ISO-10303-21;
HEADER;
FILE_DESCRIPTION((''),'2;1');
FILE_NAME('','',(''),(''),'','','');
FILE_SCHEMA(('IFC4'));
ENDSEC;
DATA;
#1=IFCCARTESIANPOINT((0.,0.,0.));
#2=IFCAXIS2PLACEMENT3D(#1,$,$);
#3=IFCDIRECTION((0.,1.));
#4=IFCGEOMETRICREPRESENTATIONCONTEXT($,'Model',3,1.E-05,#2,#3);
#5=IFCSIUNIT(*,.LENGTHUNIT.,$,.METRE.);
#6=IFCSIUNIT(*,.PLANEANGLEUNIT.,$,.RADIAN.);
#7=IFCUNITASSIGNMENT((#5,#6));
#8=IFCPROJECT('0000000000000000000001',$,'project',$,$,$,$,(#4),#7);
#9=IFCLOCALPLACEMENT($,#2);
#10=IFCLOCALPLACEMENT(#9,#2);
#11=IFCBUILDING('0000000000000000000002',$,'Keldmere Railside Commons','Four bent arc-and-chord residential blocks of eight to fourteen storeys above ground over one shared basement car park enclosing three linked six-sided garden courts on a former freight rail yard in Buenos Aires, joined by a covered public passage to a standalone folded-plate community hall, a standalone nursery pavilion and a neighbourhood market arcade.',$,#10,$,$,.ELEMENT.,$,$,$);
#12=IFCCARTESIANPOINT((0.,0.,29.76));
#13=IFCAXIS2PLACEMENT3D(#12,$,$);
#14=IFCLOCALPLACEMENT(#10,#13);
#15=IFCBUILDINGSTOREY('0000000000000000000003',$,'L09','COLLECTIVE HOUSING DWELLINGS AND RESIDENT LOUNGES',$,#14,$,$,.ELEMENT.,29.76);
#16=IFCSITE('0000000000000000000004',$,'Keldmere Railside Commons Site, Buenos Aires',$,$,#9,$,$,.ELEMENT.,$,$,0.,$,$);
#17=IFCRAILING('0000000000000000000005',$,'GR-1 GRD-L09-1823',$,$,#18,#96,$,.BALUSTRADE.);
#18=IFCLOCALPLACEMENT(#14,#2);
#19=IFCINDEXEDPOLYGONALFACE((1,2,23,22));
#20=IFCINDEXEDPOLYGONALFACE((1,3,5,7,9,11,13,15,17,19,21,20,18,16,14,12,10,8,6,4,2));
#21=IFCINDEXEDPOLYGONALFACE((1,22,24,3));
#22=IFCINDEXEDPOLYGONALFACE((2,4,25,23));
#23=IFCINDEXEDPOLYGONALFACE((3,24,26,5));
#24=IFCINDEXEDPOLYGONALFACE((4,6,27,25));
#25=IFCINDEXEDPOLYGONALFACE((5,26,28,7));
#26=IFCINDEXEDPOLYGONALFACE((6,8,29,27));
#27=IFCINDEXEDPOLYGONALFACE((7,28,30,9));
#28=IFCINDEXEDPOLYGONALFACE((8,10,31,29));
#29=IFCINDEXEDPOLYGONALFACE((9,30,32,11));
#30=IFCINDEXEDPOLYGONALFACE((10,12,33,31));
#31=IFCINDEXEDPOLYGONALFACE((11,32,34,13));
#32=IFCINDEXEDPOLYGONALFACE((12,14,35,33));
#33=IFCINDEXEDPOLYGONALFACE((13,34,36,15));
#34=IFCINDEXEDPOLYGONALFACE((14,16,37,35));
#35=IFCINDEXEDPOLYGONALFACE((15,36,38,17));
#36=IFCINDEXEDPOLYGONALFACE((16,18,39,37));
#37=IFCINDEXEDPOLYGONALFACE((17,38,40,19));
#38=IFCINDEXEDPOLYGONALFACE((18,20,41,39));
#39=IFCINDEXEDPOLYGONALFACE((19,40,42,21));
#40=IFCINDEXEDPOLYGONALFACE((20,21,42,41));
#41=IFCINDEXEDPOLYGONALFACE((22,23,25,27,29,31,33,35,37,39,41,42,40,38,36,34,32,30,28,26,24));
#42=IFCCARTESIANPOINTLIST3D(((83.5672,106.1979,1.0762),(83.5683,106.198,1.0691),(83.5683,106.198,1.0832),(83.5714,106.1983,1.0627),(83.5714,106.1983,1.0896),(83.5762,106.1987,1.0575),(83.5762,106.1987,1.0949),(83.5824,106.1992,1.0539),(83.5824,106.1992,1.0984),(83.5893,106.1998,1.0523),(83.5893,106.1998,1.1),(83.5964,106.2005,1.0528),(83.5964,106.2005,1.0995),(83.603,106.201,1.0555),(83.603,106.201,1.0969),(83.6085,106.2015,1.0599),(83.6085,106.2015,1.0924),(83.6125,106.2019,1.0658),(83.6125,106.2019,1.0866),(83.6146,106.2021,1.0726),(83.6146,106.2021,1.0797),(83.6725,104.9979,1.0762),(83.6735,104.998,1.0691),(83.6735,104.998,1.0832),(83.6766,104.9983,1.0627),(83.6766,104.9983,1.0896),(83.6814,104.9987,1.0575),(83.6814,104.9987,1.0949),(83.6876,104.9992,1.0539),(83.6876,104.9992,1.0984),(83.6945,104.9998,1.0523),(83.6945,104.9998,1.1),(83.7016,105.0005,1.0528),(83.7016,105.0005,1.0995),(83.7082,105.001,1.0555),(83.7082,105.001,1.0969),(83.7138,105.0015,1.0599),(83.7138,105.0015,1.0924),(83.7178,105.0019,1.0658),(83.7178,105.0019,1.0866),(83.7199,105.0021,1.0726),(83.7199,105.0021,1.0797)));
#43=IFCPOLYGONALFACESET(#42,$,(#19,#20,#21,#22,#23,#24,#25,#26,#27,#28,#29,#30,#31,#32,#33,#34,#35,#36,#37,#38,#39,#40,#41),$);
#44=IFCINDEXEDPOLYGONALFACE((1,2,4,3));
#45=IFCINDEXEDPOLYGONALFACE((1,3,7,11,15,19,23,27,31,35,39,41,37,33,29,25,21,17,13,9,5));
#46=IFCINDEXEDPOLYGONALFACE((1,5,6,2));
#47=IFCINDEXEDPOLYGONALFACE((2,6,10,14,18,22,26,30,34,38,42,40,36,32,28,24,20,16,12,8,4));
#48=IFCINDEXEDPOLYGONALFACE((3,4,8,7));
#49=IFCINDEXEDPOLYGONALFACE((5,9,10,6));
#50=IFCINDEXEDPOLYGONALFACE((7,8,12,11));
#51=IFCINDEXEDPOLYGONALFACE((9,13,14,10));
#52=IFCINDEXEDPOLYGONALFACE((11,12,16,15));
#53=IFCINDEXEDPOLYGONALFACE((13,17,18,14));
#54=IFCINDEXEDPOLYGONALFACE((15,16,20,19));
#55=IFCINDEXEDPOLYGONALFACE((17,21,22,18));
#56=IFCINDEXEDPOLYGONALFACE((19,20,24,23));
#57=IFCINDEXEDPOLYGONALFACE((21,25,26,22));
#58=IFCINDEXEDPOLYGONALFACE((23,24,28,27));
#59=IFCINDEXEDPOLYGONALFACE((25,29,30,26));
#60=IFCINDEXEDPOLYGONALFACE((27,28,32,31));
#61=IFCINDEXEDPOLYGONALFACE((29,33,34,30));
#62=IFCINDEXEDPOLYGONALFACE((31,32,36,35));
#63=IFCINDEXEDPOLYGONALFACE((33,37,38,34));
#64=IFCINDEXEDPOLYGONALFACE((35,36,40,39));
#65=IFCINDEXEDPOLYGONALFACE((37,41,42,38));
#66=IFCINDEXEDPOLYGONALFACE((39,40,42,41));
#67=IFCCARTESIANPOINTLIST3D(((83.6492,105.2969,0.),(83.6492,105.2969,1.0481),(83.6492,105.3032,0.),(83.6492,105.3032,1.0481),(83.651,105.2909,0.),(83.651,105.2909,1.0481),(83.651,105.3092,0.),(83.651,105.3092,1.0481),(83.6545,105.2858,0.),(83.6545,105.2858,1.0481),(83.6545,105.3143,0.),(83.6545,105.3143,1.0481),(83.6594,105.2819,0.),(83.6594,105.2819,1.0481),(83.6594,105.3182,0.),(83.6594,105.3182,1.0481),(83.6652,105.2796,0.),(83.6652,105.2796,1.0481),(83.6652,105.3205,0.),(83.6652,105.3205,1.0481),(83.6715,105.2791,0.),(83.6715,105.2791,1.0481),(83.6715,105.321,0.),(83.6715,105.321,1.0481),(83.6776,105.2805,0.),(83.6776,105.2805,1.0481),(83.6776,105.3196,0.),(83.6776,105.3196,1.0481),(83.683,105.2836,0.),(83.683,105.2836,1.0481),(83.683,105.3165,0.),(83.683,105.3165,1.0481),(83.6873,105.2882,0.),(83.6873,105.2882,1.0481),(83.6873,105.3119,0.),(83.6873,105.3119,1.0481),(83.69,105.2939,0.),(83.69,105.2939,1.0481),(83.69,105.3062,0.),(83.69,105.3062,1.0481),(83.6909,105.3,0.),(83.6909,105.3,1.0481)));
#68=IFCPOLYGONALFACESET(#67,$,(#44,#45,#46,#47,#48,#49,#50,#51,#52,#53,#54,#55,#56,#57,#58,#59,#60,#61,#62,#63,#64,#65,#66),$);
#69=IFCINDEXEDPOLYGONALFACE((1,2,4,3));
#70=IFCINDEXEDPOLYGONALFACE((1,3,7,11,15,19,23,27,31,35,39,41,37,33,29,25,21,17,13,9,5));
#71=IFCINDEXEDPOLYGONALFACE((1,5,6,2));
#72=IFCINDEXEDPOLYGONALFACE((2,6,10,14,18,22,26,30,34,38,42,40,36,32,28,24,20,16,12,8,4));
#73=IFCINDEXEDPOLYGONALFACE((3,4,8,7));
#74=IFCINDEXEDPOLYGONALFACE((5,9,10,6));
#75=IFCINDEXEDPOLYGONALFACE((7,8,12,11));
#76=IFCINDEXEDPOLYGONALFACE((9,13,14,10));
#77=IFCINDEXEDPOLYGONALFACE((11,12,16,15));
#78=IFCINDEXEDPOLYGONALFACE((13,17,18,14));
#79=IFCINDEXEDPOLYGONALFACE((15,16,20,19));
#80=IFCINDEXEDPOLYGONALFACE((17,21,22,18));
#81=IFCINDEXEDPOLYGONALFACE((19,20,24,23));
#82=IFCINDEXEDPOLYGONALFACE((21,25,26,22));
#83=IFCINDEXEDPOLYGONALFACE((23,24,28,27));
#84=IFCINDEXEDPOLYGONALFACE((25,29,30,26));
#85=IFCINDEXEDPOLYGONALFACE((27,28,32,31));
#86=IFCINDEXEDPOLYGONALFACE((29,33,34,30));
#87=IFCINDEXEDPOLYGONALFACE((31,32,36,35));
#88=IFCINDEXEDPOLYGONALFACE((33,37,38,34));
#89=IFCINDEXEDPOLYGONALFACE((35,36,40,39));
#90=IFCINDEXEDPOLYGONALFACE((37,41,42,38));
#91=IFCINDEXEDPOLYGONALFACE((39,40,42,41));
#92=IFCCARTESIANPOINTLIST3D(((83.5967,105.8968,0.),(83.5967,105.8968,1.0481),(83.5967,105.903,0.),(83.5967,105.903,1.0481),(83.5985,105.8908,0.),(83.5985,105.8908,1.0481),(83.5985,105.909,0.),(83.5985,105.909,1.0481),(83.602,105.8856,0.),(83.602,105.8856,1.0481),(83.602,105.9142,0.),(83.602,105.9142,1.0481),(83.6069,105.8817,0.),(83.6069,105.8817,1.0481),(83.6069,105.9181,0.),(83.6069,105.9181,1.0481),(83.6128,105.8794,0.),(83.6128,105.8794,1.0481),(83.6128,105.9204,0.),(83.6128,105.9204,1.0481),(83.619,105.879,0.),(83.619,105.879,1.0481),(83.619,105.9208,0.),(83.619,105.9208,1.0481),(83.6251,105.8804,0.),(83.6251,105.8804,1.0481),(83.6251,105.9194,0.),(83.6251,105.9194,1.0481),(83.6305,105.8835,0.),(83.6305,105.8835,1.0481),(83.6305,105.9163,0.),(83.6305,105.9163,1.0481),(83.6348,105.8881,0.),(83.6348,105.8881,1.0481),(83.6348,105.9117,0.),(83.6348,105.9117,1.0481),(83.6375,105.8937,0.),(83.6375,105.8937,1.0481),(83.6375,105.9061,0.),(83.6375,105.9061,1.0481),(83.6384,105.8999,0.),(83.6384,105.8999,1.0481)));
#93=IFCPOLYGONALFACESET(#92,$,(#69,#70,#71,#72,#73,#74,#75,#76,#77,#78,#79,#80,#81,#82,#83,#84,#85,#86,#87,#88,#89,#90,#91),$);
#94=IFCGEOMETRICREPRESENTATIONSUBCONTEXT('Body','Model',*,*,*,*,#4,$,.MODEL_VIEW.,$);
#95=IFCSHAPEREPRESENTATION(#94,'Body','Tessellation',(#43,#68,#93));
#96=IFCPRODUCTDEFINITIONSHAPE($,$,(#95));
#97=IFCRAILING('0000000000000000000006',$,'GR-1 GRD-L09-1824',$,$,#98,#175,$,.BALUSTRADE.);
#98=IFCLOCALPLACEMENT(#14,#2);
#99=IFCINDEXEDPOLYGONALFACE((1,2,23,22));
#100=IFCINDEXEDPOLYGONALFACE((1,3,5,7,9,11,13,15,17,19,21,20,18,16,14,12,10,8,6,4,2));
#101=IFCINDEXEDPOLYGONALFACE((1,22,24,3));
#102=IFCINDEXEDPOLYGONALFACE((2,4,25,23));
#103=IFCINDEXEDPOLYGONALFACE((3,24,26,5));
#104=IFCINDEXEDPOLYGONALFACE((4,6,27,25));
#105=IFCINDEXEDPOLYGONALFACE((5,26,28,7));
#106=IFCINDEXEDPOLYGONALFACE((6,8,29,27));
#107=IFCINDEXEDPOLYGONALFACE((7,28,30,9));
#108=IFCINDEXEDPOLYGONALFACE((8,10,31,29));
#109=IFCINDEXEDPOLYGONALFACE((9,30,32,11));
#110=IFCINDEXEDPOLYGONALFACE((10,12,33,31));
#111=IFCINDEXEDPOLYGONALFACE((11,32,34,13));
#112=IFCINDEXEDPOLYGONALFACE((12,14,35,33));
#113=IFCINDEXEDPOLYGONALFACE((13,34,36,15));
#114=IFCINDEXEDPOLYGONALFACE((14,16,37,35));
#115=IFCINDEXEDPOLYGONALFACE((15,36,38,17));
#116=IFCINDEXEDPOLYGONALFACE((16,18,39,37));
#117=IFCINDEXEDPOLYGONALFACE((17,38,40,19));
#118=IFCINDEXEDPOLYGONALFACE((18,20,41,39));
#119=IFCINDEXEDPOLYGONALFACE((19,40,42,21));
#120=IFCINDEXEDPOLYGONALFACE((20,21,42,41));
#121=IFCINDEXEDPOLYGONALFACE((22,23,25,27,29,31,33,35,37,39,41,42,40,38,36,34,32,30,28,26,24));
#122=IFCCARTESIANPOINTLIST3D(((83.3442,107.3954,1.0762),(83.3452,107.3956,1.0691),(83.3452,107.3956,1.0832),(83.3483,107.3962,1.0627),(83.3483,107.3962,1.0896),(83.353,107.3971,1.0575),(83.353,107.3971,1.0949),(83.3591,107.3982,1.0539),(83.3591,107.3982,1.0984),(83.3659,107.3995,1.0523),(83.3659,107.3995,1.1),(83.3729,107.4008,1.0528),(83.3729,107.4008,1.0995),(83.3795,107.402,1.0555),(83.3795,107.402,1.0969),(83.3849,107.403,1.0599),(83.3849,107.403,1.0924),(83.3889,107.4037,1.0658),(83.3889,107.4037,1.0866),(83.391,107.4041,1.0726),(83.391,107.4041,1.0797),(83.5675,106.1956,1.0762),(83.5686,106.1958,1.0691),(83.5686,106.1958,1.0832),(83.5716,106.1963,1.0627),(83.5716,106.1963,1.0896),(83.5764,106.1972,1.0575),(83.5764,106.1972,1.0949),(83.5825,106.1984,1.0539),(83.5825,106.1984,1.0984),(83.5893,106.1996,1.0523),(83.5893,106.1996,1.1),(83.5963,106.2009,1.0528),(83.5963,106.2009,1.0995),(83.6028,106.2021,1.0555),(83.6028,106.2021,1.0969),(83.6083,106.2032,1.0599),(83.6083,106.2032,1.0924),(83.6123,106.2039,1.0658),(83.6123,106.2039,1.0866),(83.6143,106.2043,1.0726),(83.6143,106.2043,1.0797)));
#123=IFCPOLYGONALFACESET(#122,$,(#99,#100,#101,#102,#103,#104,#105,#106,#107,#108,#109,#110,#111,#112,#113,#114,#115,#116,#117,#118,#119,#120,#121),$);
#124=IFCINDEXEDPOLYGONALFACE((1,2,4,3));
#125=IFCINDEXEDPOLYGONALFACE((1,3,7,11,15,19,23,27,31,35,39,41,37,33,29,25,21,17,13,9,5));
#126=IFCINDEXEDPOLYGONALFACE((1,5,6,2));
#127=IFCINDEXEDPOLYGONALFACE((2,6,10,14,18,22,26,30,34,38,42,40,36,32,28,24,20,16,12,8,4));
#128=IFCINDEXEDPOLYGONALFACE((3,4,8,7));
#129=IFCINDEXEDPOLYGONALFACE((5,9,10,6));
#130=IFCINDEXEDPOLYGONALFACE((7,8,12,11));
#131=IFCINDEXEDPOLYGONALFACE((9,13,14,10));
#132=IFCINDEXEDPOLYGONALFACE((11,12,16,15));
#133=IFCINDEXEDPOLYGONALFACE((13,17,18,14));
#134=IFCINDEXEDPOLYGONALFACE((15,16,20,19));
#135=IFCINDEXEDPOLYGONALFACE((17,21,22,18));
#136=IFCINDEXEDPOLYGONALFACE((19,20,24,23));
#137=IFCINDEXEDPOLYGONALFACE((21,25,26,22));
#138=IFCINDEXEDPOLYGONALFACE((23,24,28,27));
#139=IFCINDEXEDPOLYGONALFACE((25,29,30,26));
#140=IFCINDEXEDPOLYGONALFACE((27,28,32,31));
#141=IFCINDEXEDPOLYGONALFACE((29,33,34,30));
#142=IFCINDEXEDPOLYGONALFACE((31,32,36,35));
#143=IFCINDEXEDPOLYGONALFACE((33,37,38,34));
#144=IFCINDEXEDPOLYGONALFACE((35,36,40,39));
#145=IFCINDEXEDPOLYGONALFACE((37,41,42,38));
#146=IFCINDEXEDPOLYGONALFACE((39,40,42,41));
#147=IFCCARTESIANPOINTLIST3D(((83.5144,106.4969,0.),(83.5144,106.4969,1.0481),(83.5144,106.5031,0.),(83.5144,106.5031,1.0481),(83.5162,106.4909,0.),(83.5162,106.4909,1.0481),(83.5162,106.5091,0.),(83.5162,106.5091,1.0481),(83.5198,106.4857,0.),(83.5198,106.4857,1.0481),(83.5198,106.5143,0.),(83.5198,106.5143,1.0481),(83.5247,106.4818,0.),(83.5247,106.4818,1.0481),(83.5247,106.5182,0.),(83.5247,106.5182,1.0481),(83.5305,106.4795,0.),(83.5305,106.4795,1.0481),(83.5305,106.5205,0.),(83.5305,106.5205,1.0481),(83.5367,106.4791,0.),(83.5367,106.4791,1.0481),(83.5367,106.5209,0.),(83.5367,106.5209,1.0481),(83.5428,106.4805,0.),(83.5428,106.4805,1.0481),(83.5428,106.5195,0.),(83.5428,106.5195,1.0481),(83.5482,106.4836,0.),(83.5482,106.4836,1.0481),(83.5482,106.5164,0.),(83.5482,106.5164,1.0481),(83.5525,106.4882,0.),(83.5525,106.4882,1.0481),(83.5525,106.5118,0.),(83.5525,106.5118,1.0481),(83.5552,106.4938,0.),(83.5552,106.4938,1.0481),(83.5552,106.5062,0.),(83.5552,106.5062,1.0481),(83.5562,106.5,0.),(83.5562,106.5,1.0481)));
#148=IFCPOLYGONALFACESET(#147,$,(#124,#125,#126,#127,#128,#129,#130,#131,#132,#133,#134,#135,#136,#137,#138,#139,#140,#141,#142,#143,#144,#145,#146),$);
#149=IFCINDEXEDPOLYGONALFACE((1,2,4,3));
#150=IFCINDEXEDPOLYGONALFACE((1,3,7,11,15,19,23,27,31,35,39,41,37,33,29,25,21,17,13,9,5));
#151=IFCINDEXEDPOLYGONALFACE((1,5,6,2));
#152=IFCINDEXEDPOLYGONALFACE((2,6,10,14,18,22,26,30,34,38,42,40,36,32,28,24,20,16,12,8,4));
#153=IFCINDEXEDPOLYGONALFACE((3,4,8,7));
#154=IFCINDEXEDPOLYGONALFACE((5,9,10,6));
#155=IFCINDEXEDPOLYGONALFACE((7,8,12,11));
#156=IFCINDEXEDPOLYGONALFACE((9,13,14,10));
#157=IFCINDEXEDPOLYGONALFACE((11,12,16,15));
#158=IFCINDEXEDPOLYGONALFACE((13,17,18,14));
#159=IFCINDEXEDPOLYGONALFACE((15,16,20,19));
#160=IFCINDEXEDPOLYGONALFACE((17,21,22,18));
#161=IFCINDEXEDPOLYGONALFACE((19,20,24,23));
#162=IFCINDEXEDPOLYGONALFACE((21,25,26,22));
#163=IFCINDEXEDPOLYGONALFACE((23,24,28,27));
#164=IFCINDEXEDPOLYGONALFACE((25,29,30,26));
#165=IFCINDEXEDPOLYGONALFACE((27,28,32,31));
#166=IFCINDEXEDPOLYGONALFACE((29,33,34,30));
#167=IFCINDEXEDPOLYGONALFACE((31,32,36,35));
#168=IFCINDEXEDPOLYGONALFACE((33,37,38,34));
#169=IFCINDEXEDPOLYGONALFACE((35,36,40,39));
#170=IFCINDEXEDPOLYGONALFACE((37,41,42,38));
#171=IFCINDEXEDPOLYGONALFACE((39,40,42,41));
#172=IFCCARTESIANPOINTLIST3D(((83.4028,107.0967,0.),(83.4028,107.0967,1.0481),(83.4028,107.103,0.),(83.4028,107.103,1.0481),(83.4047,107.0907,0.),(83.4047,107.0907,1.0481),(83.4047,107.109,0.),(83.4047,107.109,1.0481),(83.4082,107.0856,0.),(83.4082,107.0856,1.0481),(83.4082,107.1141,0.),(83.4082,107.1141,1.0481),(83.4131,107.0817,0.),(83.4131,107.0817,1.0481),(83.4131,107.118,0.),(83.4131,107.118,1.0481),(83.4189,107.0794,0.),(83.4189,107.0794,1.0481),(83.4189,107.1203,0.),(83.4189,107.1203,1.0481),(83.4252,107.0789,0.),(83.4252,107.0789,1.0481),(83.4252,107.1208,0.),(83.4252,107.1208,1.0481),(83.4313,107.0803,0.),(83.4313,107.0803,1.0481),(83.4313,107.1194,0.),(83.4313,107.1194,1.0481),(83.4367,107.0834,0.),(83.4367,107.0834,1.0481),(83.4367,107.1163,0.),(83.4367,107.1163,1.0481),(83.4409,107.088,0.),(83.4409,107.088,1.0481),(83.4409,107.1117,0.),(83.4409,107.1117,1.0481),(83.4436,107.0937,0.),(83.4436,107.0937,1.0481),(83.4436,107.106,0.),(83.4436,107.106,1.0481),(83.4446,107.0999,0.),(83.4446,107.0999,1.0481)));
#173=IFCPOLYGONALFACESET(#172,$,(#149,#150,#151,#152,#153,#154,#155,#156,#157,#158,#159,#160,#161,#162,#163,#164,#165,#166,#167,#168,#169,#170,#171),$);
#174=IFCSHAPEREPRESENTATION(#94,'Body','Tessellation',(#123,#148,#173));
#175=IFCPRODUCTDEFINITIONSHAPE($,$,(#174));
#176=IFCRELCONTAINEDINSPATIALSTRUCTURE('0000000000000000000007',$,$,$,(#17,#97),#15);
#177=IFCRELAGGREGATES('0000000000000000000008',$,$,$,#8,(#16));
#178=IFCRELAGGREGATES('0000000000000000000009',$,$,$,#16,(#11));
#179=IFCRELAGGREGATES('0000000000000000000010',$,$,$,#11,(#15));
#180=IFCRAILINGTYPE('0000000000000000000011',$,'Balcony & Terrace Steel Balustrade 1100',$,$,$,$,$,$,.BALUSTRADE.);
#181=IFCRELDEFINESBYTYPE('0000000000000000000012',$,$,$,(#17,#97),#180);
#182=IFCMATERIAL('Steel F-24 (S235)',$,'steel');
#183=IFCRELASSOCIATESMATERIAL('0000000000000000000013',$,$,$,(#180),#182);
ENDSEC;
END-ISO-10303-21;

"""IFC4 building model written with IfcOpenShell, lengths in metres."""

from ifc_helpers import new_model, si_unit, direction, frame, origin, origin_2d, place, context, subcontext, project, spatial, circle, extrude, material, type_object, element, save


model = new_model("IFC4")

# Units and contexts
model_context = context("Model", 3, precision=1e-05, world=origin(), true_north=direction((0.0, 1.0)))
body_context = subcontext(model_context, "Body", "Model", "MODEL_VIEW")
ifc_project = project(units=[si_unit("LENGTHUNIT", "METRE"), si_unit("PLANEANGLEUNIT", "RADIAN")], contexts=[model_context])

# Site, building, storey
site_placement = place(None, origin())
site = spatial("IfcSite", under=ifc_project, at=site_placement, Name="Keldmere Railside Commons Site, Buenos Aires", CompositionType="ELEMENT", RefElevation=0.0)
building_placement = place(site_placement, origin())
building = spatial("IfcBuilding", under=site, at=building_placement, Name="Keldmere Railside Commons", Description="Four bent arc-and-chord residential blocks of eight to fourteen storeys above ground over one shared basement car park enclosing three linked six-sided garden courts on a former freight rail yard in Buenos Aires, joined by a covered public passage to a standalone folded-plate community hall, a standalone nursery pavilion and a neighbourhood market arcade.", CompositionType="ELEMENT")
storey_placement = place(building_placement, frame((0.0, 0.0, 29.76)))
storey = spatial("IfcBuildingStorey", under=building, at=storey_placement, Name="L09", Description="COLLECTIVE HOUSING DWELLINGS AND RESIDENT LOUNGES", CompositionType="ELEMENT", Elevation=29.76)

# Railings
ifc_material_1 = material(Name="Steel F-24 (S235)", Category="steel")
railing_type = type_object("IfcRailingType", Name="Balcony & Terrace Steel Balustrade 1100", PredefinedType="BALUSTRADE", material=ifc_material_1)
railing_1_placement = place(storey_placement, frame((83.6963, 105.0, 0.0)))
element("IfcRailing", 1, at=railing_1_placement, inside=storey, type_object=railing_type, Name="GR-1 GRD-L09-1823", PredefinedType="BALUSTRADE", context=body_context, shape_type="SweptSolid", body=[
    extrude(circle(Radius=0.0239, at=origin_2d()), frame((0.0, 0.0, 1.0762), z_axis=(-0.087356, 0.996177, 0.0), x_axis=(-0.996177, -0.087356, 0.0)), (0.0, 0.0, 1.0), 1.2046),
    extrude(circle(Radius=0.021, at=origin_2d()), frame((-0.0264, 0.3, 0.0)), (0.0, 0.0, 1.0), 1.0481),
    extrude(circle(Radius=0.021, at=origin_2d()), frame((-0.0789, 0.8999, 0.0)), (0.0, 0.0, 1.0), 1.0481),
])
railing_2_placement = place(storey_placement, frame((83.5911, 106.2, 0.0)))
element("IfcRailing", 2, at=railing_2_placement, inside=storey, type_object=railing_type, Name="GR-1 GRD-L09-1824", PredefinedType="BALUSTRADE", context=body_context, shape_type="SweptSolid", body=[
    extrude(circle(Radius=0.0239, at=origin_2d()), frame((0.0, 0.0, 1.0762), z_axis=(-0.18302, 0.983109, 0.0), x_axis=(-0.983109, -0.18302, 0.0)), (0.0, 0.0, 1.0), 1.2205),
    extrude(circle(Radius=0.021, at=origin_2d()), frame((-0.0559, 0.3, 0.0)), (0.0, 0.0, 1.0), 1.0481),
    extrude(circle(Radius=0.021, at=origin_2d()), frame((-0.1675, 0.8999, 0.0)), (0.0, 0.0, 1.0), 1.0481),
])

save(model, "model.ifc")
